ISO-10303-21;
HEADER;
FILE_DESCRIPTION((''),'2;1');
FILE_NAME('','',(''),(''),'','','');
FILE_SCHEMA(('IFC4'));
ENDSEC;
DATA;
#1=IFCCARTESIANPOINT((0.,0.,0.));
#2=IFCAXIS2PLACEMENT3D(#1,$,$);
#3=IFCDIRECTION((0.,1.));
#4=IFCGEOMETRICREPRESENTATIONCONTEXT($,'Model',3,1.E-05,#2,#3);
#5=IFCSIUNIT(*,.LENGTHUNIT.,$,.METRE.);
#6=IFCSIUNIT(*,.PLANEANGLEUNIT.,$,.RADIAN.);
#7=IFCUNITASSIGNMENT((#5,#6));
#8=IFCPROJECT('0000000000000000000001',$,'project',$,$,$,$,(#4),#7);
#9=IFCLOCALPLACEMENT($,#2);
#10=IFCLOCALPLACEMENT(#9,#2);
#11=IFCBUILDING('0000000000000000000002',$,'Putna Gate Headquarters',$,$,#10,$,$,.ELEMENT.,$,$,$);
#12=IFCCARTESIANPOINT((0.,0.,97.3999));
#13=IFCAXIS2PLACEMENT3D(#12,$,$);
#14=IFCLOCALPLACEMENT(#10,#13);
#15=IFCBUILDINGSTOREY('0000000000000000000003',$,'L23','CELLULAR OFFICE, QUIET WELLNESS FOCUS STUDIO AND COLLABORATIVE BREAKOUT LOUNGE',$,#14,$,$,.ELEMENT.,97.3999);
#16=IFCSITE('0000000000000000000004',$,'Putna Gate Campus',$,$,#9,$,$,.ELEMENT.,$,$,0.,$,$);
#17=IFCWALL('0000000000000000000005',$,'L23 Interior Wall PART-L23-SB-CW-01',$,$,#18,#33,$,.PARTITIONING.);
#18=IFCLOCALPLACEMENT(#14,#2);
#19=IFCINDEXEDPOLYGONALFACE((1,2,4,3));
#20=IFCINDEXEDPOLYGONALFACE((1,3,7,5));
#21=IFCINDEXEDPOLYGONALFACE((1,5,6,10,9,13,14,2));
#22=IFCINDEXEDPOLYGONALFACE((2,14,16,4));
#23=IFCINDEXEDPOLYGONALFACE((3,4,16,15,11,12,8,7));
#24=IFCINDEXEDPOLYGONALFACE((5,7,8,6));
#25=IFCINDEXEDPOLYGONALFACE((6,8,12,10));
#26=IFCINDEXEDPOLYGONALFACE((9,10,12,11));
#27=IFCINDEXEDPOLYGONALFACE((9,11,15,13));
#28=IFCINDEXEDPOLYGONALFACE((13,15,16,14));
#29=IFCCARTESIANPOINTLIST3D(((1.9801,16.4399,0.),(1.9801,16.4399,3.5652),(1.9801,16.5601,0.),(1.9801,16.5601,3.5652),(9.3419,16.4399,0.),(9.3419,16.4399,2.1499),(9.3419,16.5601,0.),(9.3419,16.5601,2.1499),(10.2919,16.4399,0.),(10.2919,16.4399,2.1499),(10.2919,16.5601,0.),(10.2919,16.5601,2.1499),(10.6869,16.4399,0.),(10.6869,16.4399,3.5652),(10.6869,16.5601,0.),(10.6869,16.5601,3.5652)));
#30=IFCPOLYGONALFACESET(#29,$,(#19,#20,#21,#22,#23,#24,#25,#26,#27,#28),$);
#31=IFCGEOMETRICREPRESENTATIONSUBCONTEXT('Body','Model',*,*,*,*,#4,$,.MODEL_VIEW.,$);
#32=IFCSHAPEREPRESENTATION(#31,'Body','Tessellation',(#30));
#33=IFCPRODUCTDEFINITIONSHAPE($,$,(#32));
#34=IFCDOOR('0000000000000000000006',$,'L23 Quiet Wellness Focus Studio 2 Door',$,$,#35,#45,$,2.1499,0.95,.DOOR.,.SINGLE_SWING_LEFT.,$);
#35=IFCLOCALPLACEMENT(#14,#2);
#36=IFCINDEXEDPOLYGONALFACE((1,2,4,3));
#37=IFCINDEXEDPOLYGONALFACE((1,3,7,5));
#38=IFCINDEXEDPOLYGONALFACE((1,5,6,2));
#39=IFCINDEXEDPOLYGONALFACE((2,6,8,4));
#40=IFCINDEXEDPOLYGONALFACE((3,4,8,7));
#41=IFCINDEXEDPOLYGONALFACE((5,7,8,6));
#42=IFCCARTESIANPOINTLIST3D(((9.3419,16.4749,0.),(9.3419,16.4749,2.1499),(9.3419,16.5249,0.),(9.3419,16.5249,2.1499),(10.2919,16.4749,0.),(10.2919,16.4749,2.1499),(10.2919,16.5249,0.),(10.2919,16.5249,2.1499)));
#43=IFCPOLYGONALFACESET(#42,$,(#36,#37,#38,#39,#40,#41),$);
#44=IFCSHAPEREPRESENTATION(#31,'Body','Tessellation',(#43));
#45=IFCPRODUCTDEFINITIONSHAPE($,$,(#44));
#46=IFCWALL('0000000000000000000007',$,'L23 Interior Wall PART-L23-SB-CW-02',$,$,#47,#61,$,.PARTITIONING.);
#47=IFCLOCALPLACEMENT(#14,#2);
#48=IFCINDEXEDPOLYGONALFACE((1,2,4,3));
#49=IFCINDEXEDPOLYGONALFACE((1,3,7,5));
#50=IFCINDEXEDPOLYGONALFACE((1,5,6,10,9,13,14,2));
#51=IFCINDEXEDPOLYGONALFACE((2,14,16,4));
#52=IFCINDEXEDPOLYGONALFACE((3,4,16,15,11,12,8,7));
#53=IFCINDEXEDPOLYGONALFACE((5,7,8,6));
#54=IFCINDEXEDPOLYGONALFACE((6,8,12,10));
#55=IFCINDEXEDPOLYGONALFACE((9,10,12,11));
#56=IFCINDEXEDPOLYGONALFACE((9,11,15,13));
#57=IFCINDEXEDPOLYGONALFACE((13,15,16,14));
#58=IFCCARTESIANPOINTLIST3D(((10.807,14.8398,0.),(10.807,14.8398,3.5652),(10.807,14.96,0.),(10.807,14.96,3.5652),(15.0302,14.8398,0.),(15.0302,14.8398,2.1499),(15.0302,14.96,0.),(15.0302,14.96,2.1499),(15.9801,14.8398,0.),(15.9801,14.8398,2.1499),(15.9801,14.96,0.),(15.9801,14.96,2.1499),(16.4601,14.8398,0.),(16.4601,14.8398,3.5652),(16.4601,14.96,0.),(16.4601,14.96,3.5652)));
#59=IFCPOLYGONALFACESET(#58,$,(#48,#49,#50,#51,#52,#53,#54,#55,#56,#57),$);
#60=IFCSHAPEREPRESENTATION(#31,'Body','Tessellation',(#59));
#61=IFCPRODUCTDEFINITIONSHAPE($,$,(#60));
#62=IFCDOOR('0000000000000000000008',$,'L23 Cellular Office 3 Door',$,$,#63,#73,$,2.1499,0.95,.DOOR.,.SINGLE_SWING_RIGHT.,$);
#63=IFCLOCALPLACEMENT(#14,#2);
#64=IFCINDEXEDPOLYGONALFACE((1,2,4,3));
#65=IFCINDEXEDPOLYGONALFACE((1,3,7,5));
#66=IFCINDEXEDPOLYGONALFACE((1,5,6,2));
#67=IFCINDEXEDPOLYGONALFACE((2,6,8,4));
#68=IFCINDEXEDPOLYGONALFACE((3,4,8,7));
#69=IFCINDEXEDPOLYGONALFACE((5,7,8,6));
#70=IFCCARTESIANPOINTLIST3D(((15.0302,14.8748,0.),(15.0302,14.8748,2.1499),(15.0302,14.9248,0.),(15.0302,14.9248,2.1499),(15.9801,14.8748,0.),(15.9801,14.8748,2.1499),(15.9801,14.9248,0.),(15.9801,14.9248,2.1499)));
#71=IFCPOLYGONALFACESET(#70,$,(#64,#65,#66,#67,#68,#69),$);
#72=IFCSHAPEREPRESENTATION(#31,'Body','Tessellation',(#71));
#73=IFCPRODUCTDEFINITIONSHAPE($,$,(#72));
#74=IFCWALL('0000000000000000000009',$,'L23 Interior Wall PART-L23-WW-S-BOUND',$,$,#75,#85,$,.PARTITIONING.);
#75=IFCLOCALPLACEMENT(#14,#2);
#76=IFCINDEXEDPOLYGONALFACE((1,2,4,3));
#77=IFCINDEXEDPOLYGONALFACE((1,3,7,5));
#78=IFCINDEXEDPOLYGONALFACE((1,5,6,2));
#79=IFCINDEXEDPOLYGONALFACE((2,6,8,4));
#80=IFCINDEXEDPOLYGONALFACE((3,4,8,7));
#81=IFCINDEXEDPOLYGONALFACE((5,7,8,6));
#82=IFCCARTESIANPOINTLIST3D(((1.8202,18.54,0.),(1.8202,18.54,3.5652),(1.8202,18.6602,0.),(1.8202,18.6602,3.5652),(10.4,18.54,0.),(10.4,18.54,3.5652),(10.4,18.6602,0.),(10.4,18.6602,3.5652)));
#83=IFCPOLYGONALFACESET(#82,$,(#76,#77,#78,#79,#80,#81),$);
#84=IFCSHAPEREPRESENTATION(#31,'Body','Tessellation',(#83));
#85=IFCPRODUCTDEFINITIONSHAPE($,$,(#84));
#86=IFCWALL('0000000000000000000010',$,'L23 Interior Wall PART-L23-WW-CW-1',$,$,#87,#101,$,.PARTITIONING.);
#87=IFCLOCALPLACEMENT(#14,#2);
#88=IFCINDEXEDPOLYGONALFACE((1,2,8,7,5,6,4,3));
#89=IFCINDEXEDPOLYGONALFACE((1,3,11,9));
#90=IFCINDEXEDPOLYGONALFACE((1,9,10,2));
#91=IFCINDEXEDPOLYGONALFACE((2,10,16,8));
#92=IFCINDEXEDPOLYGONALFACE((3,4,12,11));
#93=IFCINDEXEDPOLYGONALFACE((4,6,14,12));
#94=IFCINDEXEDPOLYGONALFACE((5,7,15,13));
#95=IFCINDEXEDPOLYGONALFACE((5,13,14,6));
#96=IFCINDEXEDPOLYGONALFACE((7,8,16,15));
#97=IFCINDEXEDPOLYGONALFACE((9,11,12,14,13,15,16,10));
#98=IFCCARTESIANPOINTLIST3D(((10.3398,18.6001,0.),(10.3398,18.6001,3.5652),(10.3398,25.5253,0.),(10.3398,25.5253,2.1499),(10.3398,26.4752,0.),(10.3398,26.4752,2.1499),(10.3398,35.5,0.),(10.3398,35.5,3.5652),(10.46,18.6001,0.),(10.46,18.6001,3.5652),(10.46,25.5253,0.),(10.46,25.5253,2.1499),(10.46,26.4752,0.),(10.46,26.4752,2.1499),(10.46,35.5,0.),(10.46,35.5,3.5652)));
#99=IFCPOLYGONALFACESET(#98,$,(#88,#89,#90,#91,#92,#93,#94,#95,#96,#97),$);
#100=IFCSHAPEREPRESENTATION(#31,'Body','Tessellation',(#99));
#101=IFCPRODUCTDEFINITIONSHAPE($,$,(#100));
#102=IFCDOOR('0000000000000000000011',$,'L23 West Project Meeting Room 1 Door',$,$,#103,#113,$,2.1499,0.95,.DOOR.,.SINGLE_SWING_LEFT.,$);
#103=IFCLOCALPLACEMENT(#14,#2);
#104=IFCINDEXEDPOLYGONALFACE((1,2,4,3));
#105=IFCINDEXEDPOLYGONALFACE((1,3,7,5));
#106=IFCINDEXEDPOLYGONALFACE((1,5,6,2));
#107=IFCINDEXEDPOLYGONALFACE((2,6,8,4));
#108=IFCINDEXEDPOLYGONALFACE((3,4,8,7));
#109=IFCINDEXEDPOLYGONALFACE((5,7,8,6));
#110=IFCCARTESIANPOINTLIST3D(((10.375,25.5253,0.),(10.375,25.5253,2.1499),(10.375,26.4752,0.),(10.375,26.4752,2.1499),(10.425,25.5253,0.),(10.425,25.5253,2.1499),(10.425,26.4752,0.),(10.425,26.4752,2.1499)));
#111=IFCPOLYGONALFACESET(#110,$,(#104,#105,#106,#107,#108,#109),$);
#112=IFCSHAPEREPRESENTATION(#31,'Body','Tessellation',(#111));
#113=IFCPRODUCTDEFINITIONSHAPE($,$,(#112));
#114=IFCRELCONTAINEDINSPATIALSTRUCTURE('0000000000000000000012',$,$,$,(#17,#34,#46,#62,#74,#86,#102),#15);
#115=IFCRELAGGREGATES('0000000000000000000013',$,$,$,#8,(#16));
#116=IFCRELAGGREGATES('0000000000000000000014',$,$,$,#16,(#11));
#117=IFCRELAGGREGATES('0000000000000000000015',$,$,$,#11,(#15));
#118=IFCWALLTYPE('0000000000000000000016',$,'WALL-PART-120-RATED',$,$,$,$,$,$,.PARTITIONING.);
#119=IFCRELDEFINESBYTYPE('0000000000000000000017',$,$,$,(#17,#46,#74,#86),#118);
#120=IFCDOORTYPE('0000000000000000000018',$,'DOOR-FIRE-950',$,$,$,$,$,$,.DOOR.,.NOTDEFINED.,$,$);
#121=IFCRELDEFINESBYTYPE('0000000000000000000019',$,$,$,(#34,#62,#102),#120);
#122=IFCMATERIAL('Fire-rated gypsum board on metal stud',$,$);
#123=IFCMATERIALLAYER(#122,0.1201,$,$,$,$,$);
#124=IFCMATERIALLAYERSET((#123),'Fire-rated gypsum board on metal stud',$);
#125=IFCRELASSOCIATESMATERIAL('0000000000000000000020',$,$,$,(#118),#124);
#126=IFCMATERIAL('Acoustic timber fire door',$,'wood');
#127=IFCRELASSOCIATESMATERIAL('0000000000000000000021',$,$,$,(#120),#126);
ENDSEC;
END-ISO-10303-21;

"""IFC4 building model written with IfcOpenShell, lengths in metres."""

from ifc_helpers import new_model, si_unit, direction, frame, frame_2d, origin, place, context, subcontext, project, spatial, rectangle, extrude, material, layer, layer_set, type_object, element, fill, save


model = new_model("IFC4")

# Units and contexts
model_context = context("Model", 3, precision=1e-05, world=origin(), true_north=direction((0.0, 1.0)))
body_context = subcontext(model_context, "Body", "Model", "MODEL_VIEW")
ifc_project = project(units=[si_unit("LENGTHUNIT", "METRE"), si_unit("PLANEANGLEUNIT", "RADIAN")], contexts=[model_context])

# Site, building, storey
site_placement = place(None, origin())
site = spatial("IfcSite", under=ifc_project, at=site_placement, Name="Putna Gate Campus", CompositionType="ELEMENT", RefElevation=0.0)
building_placement = place(site_placement, origin())
building = spatial("IfcBuilding", under=site, at=building_placement, Name="Putna Gate Headquarters", CompositionType="ELEMENT")
storey_placement = place(building_placement, frame((0.0, 0.0, 97.3999)))
storey = spatial("IfcBuildingStorey", under=building, at=storey_placement, Name="L23", Description="CELLULAR OFFICE, QUIET WELLNESS FOCUS STUDIO AND COLLABORATIVE BREAKOUT LOUNGE", CompositionType="ELEMENT", Elevation=97.3999)

# Shared definitions
ifc_material_1 = material(Name="Fire-rated gypsum board on metal stud")
ifc_layer_1 = layer(ifc_material_1, 0.1201)
ifc_layer_set_1 = layer_set([ifc_layer_1], Name="Fire-rated gypsum board on metal stud")
wall_type_1 = type_object("IfcWallType", Name="WALL-PART-120-RATED", PredefinedType="PARTITIONING", material=ifc_layer_set_1)

# Walls, openings, doors
wall_1_placement = place(storey_placement, frame((1.98, 16.5, 0.0), z_axis=(0.0, 0.0, 1.0), x_axis=(1.0, 0.0, 0.0)))
wall_1 = element("IfcWall", 1, at=wall_1_placement, inside=storey, type_object=wall_type_1, Name="L23 Interior Wall PART-L23-SB-CW-01", PredefinedType="PARTITIONING", context=body_context, shape_type="SweptSolid", body=[
    extrude(rectangle(XDim=8.7068, YDim=0.1201, at=frame_2d((4.3535, 0.0))), origin(), (0.0, 0.0, 1.0), 3.5652),
])
opening_1_placement = place(wall_1_placement, frame((7.3618, 0.0, 0.0)))
opening_1 = element("IfcOpeningElement", 2, at=opening_1_placement, cuts=wall_1, PredefinedType="OPENING", context=body_context, shape_type="SweptSolid", body=[
    extrude(rectangle(XDim=0.95, YDim=2.1499, at=frame_2d((0.4751, 1.075))), frame((0.0, 0.0701, 0.0), z_axis=(0.0, -1.0, 0.0), x_axis=(1.0, 0.0, 0.0)), (0.0, 0.0, 1.0), 0.1401),
])
ifc_material_2 = material(Name="Acoustic timber fire door", Category="wood")
door_type_1 = type_object("IfcDoorType", Name="DOOR-FIRE-950", OperationType="NOTDEFINED", PredefinedType="DOOR", material=ifc_material_2)
door_1_placement = place(opening_1_placement, origin())
door_1 = element("IfcDoor", 3, at=door_1_placement, inside=storey, type_object=door_type_1, Name="L23 Quiet Wellness Focus Studio 2 Door", OperationType="SINGLE_SWING_LEFT", OverallHeight=2.1499, OverallWidth=0.95, PredefinedType="DOOR", context=body_context, shape_type="SweptSolid", body=[
    extrude(rectangle(XDim=0.95, YDim=2.1499, at=frame_2d((0.4751, 1.075))), frame((0.0, 0.0249, 0.0), z_axis=(0.0, -1.0, 0.0), x_axis=(1.0, 0.0, 0.0)), (0.0, 0.0, 1.0), 0.05),
])
fill(opening_1, door_1)
wall_2_placement = place(storey_placement, frame((10.8069, 14.8999, 0.0), z_axis=(0.0, 0.0, 1.0), x_axis=(1.0, 0.0, 0.0)))
wall_2 = element("IfcWall", 4, at=wall_2_placement, inside=storey, type_object=wall_type_1, Name="L23 Interior Wall PART-L23-SB-CW-02", PredefinedType="PARTITIONING", context=body_context, shape_type="SweptSolid", body=[
    extrude(rectangle(XDim=5.6531, YDim=0.1201, at=frame_2d((2.8267, 0.0))), origin(), (0.0, 0.0, 1.0), 3.5652),
])
opening_2_placement = place(wall_2_placement, frame((4.2231, 0.0, 0.0)))
opening_2 = element("IfcOpeningElement", 5, at=opening_2_placement, cuts=wall_2, PredefinedType="OPENING", context=body_context, shape_type="SweptSolid", body=[
    extrude(rectangle(XDim=0.95, YDim=2.1499, at=frame_2d((0.4751, 1.075))), frame((0.0, 0.0701, 0.0), z_axis=(0.0, -1.0, 0.0), x_axis=(1.0, 0.0, 0.0)), (0.0, 0.0, 1.0), 0.1401),
])
door_2_placement = place(opening_2_placement, origin())
door_2 = element("IfcDoor", 6, at=door_2_placement, inside=storey, type_object=door_type_1, Name="L23 Cellular Office 3 Door", OperationType="SINGLE_SWING_RIGHT", OverallHeight=2.1499, OverallWidth=0.95, PredefinedType="DOOR", context=body_context, shape_type="SweptSolid", body=[
    extrude(rectangle(XDim=0.95, YDim=2.1499, at=frame_2d((0.4751, 1.075))), frame((0.0, 0.0249, 0.0), z_axis=(0.0, -1.0, 0.0), x_axis=(1.0, 0.0, 0.0)), (0.0, 0.0, 1.0), 0.05),
])
fill(opening_2, door_2)

# Wall
wall_3_placement = place(storey_placement, frame((1.8201, 18.6001, 0.0), z_axis=(0.0, 0.0, 1.0), x_axis=(1.0, 0.0, 0.0)))
element("IfcWall", 7, at=wall_3_placement, inside=storey, type_object=wall_type_1, Name="L23 Interior Wall PART-L23-WW-S-BOUND", PredefinedType="PARTITIONING", context=body_context, shape_type="SweptSolid", body=[
    extrude(rectangle(XDim=8.5798, YDim=0.1201, at=frame_2d((4.29, 0.0))), origin(), (0.0, 0.0, 1.0), 3.5652),
])

# Wall, opening, door
wall_4_placement = place(storey_placement, frame((10.3999, 18.6001, 0.0), z_axis=(0.0, 0.0, 1.0), x_axis=(0.0, 1.0, 0.0)))
wall_4 = element("IfcWall", 8, at=wall_4_placement, inside=storey, type_object=wall_type_1, Name="L23 Interior Wall PART-L23-WW-CW-1", PredefinedType="PARTITIONING", context=body_context, shape_type="SweptSolid", body=[
    extrude(rectangle(XDim=16.8999, YDim=0.1201, at=frame_2d((8.45, 0.0))), origin(), (0.0, 0.0, 1.0), 3.5652),
])
opening_3_placement = place(wall_4_placement, frame((6.925, 0.0, 0.0)))
opening_3 = element("IfcOpeningElement", 9, at=opening_3_placement, cuts=wall_4, PredefinedType="OPENING", context=body_context, shape_type="SweptSolid", body=[
    extrude(rectangle(XDim=0.95, YDim=2.1499, at=frame_2d((0.4751, 1.075))), frame((0.0, 0.0701, 0.0), z_axis=(0.0, -1.0, 0.0), x_axis=(1.0, 0.0, 0.0)), (0.0, 0.0, 1.0), 0.1401),
])
door_3_placement = place(opening_3_placement, origin())
door_3 = element("IfcDoor", 10, at=door_3_placement, inside=storey, type_object=door_type_1, Name="L23 West Project Meeting Room 1 Door", OperationType="SINGLE_SWING_LEFT", OverallHeight=2.1499, OverallWidth=0.95, PredefinedType="DOOR", context=body_context, shape_type="SweptSolid", body=[
    extrude(rectangle(XDim=0.95, YDim=2.1499, at=frame_2d((0.4751, 1.075))), frame((0.0, 0.0249, 0.0), z_axis=(0.0, -1.0, 0.0), x_axis=(1.0, 0.0, 0.0)), (0.0, 0.0, 1.0), 0.05),
])
fill(opening_3, door_3)

save(model, "model.ifc")
